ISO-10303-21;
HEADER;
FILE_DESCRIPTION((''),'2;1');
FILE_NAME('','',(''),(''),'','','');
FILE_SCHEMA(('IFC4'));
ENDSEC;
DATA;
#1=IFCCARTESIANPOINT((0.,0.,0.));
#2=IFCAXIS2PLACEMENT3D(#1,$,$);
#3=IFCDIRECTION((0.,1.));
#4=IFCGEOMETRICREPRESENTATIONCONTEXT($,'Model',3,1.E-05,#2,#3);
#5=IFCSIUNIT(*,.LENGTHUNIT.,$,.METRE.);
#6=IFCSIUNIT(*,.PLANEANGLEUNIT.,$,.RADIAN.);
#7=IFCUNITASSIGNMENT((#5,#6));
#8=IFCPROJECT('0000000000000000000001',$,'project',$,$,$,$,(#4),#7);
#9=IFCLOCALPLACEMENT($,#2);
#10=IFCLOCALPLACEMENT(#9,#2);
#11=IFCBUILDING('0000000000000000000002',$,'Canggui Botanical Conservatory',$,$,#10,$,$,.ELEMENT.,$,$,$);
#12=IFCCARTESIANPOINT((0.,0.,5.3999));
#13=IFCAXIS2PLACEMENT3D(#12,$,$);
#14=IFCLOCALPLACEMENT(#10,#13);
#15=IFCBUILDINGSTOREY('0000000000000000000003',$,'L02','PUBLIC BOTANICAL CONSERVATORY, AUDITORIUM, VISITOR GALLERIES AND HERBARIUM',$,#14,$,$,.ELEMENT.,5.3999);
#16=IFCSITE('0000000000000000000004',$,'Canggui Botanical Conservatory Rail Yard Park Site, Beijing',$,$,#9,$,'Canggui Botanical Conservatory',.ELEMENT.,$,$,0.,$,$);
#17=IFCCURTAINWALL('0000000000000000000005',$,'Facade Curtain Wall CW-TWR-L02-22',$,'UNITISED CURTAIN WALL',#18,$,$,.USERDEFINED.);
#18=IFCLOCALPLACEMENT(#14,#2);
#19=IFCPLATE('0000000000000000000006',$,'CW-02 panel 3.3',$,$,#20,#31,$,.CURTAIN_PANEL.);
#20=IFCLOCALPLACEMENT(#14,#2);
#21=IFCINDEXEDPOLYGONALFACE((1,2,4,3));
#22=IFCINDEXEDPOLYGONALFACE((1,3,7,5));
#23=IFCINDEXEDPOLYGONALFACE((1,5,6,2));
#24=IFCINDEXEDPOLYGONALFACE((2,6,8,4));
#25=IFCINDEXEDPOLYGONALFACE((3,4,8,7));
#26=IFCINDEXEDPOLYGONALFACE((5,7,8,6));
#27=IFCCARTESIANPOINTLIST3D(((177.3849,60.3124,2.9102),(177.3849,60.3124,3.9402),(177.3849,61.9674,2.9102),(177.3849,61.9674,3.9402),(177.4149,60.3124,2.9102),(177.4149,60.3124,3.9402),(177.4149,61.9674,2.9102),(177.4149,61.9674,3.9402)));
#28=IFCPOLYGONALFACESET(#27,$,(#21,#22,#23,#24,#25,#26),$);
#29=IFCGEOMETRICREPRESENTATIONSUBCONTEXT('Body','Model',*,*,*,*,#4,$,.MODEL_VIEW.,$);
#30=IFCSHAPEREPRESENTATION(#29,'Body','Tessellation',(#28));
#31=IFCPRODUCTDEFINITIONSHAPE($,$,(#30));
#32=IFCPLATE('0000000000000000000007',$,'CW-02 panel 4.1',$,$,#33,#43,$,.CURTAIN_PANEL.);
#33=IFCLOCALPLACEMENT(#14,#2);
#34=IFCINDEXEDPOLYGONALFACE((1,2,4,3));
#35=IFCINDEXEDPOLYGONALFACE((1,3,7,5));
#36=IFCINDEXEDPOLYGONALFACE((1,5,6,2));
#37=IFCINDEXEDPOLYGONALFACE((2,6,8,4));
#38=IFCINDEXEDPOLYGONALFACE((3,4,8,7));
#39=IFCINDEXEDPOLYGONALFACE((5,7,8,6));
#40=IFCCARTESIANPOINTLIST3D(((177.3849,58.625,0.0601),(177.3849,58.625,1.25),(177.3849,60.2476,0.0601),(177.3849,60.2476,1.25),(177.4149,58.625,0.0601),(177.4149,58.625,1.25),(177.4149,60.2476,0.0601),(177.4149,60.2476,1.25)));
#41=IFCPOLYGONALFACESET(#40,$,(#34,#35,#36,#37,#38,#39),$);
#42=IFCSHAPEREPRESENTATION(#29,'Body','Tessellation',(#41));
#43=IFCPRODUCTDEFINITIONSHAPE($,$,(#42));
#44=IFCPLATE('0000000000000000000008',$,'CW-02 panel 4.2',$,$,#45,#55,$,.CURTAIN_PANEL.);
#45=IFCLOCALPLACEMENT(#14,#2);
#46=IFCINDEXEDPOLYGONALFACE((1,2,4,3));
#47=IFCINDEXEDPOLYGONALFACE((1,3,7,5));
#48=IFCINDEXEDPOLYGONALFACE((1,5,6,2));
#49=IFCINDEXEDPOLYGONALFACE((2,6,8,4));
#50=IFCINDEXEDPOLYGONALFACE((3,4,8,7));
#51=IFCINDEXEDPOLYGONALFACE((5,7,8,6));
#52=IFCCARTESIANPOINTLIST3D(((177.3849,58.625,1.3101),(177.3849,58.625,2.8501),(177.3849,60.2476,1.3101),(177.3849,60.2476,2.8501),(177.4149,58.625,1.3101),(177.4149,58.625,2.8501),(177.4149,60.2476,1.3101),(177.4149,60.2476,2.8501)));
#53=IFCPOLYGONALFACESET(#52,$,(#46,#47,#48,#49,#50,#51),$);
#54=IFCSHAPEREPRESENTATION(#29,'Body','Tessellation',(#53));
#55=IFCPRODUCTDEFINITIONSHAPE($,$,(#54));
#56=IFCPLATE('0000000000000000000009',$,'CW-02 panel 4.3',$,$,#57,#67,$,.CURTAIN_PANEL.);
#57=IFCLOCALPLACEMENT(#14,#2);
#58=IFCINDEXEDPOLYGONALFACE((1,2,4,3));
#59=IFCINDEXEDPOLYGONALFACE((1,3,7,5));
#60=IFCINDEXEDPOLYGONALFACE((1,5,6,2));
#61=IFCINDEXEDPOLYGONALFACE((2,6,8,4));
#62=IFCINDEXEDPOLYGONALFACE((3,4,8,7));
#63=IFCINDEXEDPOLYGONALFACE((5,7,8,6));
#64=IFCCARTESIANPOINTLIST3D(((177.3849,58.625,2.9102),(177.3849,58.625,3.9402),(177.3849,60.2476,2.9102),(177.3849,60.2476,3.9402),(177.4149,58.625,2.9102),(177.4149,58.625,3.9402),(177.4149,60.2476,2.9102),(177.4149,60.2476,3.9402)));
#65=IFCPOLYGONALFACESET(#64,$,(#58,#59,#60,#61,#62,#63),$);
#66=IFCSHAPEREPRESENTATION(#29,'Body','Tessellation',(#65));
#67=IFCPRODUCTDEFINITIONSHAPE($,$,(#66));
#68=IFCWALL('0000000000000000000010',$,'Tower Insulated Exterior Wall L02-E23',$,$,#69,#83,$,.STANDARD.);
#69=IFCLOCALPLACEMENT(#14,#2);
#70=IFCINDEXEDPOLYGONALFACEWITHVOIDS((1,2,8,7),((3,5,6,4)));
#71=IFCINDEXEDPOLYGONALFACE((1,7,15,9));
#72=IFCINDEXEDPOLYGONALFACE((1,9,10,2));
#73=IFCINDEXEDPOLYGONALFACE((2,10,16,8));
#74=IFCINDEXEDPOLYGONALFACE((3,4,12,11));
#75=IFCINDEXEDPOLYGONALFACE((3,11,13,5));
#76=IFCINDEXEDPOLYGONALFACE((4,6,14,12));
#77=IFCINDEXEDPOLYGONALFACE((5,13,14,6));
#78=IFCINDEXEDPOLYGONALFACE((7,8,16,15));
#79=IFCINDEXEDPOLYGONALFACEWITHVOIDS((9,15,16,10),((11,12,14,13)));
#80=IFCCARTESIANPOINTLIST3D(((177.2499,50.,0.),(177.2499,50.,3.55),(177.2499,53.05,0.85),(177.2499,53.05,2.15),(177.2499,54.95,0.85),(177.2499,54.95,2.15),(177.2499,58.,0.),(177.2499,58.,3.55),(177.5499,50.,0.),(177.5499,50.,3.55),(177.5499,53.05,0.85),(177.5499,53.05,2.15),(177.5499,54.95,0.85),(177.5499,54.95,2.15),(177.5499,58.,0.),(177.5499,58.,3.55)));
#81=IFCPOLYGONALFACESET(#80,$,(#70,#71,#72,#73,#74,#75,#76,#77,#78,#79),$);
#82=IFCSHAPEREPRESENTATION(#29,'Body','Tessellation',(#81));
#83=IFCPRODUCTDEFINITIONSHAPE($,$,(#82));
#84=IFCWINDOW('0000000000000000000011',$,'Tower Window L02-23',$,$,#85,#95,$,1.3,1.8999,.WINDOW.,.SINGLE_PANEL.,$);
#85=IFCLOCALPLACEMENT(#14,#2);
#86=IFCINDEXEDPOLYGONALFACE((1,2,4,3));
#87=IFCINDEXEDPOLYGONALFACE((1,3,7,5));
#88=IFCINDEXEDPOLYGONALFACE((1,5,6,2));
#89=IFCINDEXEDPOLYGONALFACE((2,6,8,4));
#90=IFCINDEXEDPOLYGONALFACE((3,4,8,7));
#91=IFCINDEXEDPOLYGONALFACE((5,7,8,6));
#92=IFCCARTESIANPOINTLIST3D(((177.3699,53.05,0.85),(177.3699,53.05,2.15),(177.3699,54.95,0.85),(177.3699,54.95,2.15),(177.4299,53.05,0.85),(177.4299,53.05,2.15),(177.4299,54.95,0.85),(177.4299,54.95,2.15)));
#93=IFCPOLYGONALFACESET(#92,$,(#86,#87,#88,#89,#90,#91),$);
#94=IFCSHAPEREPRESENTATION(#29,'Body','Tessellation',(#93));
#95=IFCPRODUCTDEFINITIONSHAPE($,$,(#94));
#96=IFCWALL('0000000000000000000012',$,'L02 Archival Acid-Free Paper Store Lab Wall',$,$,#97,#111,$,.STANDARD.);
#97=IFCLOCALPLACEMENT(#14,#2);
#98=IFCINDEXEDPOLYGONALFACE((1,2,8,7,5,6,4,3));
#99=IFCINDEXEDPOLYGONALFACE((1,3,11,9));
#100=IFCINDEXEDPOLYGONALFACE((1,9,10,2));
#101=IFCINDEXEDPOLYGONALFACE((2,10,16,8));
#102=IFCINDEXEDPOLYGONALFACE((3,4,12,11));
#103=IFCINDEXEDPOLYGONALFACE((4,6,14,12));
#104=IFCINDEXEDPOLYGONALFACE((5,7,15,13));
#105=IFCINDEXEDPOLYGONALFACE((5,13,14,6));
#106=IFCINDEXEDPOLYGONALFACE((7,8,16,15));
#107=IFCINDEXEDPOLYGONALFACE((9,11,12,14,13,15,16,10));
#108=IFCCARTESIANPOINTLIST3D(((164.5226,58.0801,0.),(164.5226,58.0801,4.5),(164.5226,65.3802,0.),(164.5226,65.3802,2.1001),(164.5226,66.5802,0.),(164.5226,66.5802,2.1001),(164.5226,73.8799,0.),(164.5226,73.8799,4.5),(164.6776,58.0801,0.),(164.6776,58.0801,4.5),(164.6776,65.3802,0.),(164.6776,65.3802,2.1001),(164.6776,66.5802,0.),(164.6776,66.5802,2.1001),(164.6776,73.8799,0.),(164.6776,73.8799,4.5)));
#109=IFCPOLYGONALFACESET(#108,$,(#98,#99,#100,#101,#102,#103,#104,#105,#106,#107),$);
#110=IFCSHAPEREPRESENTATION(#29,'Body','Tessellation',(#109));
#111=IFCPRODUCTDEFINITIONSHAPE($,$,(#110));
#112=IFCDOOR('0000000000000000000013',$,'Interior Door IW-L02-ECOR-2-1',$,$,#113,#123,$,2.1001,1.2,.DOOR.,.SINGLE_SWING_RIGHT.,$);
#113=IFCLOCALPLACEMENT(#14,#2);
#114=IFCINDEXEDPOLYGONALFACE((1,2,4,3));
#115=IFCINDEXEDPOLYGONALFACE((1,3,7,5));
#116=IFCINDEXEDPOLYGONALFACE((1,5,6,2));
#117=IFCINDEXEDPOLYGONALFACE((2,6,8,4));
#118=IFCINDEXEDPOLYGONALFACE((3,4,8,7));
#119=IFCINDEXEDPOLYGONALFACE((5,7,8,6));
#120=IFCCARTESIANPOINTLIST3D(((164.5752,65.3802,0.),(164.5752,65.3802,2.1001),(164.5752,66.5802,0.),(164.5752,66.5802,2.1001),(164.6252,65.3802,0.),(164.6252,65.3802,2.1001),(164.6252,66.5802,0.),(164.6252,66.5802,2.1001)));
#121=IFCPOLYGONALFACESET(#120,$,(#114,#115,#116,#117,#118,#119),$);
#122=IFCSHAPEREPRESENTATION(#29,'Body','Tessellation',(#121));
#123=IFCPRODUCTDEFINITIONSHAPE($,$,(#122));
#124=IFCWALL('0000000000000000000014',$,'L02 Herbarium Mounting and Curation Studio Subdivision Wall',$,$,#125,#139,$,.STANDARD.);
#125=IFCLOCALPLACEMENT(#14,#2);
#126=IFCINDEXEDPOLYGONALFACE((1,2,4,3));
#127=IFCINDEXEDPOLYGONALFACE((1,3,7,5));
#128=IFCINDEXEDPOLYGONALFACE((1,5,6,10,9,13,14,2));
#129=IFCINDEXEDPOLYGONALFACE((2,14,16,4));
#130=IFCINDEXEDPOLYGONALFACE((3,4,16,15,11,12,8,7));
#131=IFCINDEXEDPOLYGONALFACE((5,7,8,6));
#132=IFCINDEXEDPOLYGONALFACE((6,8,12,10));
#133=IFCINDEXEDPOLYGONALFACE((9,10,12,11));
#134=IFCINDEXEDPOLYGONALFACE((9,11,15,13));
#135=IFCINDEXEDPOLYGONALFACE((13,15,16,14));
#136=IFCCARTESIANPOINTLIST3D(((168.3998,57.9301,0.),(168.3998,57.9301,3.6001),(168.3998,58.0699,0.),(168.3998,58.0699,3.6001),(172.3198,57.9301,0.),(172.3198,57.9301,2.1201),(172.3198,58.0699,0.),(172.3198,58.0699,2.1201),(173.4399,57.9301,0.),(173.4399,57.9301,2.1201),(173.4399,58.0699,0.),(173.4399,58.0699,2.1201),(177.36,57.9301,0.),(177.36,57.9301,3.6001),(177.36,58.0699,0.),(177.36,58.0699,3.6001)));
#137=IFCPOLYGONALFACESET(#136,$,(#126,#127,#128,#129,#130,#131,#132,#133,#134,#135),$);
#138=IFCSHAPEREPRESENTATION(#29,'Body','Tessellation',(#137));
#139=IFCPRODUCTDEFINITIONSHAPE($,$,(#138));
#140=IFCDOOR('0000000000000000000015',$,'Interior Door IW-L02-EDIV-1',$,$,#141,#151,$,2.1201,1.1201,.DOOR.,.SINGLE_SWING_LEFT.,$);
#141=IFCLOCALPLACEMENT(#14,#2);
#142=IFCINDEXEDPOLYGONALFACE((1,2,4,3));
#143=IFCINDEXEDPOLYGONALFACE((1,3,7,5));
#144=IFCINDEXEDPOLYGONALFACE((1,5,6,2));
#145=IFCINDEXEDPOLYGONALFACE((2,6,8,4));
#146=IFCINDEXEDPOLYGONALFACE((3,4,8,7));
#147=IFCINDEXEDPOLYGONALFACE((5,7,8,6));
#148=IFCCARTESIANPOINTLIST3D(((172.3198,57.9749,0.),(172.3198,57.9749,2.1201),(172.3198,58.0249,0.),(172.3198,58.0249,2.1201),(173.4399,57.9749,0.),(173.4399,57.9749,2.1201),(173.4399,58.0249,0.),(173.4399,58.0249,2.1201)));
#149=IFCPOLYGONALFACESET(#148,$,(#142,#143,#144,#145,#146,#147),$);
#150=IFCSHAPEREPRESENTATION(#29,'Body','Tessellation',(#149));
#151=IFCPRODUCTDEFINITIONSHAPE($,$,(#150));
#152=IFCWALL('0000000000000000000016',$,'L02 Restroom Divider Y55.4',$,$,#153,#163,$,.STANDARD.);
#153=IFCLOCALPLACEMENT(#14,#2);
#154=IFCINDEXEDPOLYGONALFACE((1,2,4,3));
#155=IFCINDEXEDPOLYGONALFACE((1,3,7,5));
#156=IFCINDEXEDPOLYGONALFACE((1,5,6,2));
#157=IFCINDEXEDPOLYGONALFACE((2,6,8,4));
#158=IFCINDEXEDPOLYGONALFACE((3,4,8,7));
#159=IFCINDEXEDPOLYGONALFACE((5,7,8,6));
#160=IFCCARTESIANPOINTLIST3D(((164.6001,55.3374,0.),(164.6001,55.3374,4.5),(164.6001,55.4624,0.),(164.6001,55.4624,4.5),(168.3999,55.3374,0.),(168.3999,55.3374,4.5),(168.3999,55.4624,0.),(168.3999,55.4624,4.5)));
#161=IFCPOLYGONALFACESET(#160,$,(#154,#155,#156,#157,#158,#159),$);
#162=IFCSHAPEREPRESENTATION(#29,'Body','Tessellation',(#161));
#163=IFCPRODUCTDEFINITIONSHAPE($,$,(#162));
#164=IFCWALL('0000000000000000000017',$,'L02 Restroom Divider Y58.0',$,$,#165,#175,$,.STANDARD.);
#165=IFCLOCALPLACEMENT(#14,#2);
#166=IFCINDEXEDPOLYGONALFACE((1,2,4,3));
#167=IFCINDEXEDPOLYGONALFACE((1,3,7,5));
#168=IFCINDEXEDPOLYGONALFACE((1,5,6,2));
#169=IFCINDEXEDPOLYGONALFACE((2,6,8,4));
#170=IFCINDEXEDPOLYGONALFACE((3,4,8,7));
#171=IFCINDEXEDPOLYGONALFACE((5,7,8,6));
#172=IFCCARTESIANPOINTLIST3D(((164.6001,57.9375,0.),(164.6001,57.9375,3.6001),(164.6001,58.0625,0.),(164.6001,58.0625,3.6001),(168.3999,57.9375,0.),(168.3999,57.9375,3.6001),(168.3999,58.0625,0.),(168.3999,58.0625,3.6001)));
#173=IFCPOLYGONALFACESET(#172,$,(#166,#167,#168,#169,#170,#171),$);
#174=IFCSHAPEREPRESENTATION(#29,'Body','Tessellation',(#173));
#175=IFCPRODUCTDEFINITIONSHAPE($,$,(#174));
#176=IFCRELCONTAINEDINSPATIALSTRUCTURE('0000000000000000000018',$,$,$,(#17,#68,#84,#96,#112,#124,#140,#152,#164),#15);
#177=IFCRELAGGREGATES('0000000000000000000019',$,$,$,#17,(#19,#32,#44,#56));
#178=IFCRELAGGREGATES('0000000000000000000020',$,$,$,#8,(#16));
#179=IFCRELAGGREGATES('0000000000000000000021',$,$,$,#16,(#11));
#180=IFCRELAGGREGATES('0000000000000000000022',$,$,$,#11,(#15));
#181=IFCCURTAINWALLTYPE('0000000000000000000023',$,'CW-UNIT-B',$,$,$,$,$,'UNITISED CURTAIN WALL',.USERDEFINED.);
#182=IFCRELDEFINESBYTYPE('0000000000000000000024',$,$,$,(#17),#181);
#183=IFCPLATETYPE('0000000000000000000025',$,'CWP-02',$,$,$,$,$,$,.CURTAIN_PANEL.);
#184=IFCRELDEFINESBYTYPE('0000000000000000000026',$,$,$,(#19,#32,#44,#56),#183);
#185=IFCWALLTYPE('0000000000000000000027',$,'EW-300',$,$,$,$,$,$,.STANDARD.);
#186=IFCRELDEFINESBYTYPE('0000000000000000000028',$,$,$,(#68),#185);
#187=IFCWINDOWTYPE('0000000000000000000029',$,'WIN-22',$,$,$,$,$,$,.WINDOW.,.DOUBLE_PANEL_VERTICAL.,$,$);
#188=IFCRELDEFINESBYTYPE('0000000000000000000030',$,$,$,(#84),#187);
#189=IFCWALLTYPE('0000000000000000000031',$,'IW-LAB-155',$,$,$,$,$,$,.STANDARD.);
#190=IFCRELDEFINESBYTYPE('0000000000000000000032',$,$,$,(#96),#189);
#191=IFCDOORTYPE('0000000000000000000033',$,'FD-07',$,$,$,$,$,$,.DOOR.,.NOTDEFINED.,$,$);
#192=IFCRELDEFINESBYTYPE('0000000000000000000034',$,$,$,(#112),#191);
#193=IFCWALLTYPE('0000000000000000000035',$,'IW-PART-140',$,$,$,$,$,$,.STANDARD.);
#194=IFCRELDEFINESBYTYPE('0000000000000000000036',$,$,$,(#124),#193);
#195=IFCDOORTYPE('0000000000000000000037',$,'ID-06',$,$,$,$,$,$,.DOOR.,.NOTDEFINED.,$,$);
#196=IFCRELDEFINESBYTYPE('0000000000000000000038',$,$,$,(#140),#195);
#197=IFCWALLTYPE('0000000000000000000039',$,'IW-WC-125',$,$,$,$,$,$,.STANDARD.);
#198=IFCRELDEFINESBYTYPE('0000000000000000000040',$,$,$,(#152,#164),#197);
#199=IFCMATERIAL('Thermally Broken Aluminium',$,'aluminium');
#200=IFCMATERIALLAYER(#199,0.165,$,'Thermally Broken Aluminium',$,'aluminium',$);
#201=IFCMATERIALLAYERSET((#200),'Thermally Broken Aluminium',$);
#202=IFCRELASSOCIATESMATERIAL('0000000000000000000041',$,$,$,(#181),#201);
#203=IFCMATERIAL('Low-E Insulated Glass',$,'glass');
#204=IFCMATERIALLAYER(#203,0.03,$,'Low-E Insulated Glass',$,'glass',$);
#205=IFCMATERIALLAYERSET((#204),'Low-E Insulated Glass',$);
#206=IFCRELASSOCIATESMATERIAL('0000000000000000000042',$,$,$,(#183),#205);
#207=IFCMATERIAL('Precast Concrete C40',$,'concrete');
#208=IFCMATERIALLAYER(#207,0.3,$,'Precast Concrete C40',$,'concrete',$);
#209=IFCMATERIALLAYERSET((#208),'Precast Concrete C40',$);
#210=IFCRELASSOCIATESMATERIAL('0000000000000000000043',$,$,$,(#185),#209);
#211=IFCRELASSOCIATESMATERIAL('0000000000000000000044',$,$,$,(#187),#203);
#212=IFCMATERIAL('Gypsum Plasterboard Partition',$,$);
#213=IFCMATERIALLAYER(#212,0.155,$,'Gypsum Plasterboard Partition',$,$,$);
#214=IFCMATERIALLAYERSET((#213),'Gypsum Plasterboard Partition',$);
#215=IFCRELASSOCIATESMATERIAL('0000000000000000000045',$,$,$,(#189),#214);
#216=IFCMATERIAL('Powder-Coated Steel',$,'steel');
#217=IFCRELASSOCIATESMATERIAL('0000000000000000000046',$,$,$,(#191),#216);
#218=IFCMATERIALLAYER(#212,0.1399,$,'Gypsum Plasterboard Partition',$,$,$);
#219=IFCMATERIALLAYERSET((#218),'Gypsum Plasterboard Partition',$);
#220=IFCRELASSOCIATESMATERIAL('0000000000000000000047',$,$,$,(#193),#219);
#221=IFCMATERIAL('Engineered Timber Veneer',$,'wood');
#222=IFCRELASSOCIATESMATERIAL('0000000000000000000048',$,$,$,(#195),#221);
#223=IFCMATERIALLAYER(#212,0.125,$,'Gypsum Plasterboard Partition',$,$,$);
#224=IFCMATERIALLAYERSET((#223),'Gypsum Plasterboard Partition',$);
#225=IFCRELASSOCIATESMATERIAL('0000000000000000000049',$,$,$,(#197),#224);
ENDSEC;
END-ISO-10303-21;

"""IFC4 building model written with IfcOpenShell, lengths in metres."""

from ifc_helpers import new_model, si_unit, direction, frame, frame_2d, origin, origin_2d, place, context, subcontext, project, spatial, rectangle, extrude, material, layer, layer_set, type_object, element, fill, aggregate, save


model = new_model("IFC4")

# Units and contexts
model_context = context("Model", 3, precision=1e-05, world=origin(), true_north=direction((0.0, 1.0)))
body_context = subcontext(model_context, "Body", "Model", "MODEL_VIEW")
ifc_project = project(units=[si_unit("LENGTHUNIT", "METRE"), si_unit("PLANEANGLEUNIT", "RADIAN")], contexts=[model_context])

# Site, building, storey
site_placement = place(None, origin())
site = spatial("IfcSite", under=ifc_project, at=site_placement, Name="Canggui Botanical Conservatory Rail Yard Park Site, Beijing", LongName="Canggui Botanical Conservatory", CompositionType="ELEMENT", RefElevation=0.0)
building_placement = place(site_placement, origin())
building = spatial("IfcBuilding", under=site, at=building_placement, Name="Canggui Botanical Conservatory", CompositionType="ELEMENT")
storey_placement = place(building_placement, frame((0.0, 0.0, 5.3999)))
storey = spatial("IfcBuildingStorey", under=building, at=storey_placement, Name="L02", Description="PUBLIC BOTANICAL CONSERVATORY, AUDITORIUM, VISITOR GALLERIES AND HERBARIUM", CompositionType="ELEMENT", Elevation=5.3999)

# Curtain wall, plates
ifc_material_1 = material(Name="Thermally Broken Aluminium", Category="aluminium")
ifc_layer_1 = layer(ifc_material_1, 0.165, Name="Thermally Broken Aluminium", Category="aluminium")
ifc_layer_set_1 = layer_set([ifc_layer_1], Name="Thermally Broken Aluminium")
curtain_wall_type = type_object("IfcCurtainWallType", Name="CW-UNIT-B", ElementType="UNITISED CURTAIN WALL", PredefinedType="USERDEFINED", material=ifc_layer_set_1)
curtain_wall_placement = place(storey_placement, origin())
curtain_wall = element("IfcCurtainWall", 1, at=curtain_wall_placement, inside=storey, type_object=curtain_wall_type, Name="Facade Curtain Wall CW-TWR-L02-22", ObjectType="UNITISED CURTAIN WALL", PredefinedType="USERDEFINED")
ifc_material_2 = material(Name="Low-E Insulated Glass", Category="glass")
ifc_layer_2 = layer(ifc_material_2, 0.03, Name="Low-E Insulated Glass", Category="glass")
ifc_layer_set_2 = layer_set([ifc_layer_2], Name="Low-E Insulated Glass")
plate_type = type_object("IfcPlateType", Name="CWP-02", PredefinedType="CURTAIN_PANEL", material=ifc_layer_set_2)
plate_1_placement = place(storey_placement, frame((177.3999, 61.1399, 2.9102), z_axis=(0.0, 0.0, 1.0), x_axis=(0.0, -1.0, 0.0)))
plate_1 = element("IfcPlate", 2, at=plate_1_placement, type_object=plate_type, Name="CW-02 panel 3.3", PredefinedType="CURTAIN_PANEL", context=body_context, shape_type="SweptSolid", body=[
    extrude(rectangle(XDim=1.655, YDim=0.03, at=origin_2d()), origin(), (0.0, 0.0, 1.0), 1.03),
])
plate_2_placement = place(storey_placement, frame((177.3999, 59.4363, 0.0601), z_axis=(0.0, 0.0, 1.0), x_axis=(0.0, -1.0, 0.0)))
plate_2 = element("IfcPlate", 3, at=plate_2_placement, type_object=plate_type, Name="CW-02 panel 4.1", PredefinedType="CURTAIN_PANEL", context=body_context, shape_type="SweptSolid", body=[
    extrude(rectangle(XDim=1.6226, YDim=0.03, at=origin_2d()), origin(), (0.0, 0.0, 1.0), 1.1899),
])
plate_3_placement = place(storey_placement, frame((177.3999, 59.4363, 1.3101), z_axis=(0.0, 0.0, 1.0), x_axis=(0.0, -1.0, 0.0)))
plate_3 = element("IfcPlate", 4, at=plate_3_placement, type_object=plate_type, Name="CW-02 panel 4.2", PredefinedType="CURTAIN_PANEL", context=body_context, shape_type="SweptSolid", body=[
    extrude(rectangle(XDim=1.6226, YDim=0.03, at=origin_2d()), origin(), (0.0, 0.0, 1.0), 1.54),
])
plate_4_placement = place(storey_placement, frame((177.3999, 59.4363, 2.9102), z_axis=(0.0, 0.0, 1.0), x_axis=(0.0, -1.0, 0.0)))
plate_4 = element("IfcPlate", 5, at=plate_4_placement, type_object=plate_type, Name="CW-02 panel 4.3", PredefinedType="CURTAIN_PANEL", context=body_context, shape_type="SweptSolid", body=[
    extrude(rectangle(XDim=1.6226, YDim=0.03, at=origin_2d()), origin(), (0.0, 0.0, 1.0), 1.03),
])
aggregate(curtain_wall, [plate_1, plate_2, plate_3, plate_4])

# Wall, opening, window
ifc_material_3 = material(Name="Precast Concrete C40", Category="concrete")
ifc_layer_3 = layer(ifc_material_3, 0.3, Name="Precast Concrete C40", Category="concrete")
ifc_layer_set_3 = layer_set([ifc_layer_3], Name="Precast Concrete C40")
wall_type_1 = type_object("IfcWallType", Name="EW-300", PredefinedType="STANDARD", material=ifc_layer_set_3)
wall_1_placement = place(storey_placement, frame((177.3999, 58.0, 0.0), z_axis=(0.0, 0.0, 1.0), x_axis=(0.0, -1.0, 0.0)))
wall_1 = element("IfcWall", 6, at=wall_1_placement, inside=storey, type_object=wall_type_1, Name="Tower Insulated Exterior Wall L02-E23", PredefinedType="STANDARD", context=body_context, shape_type="SweptSolid", body=[
    extrude(rectangle(XDim=8.0, YDim=0.3, at=frame_2d((4.0, 0.0))), origin(), (0.0, 0.0, 1.0), 3.55),
])
opening_1_placement = place(wall_1_placement, frame((3.05, 0.0, 0.8501)))
opening_1 = element("IfcOpeningElement", 7, at=opening_1_placement, cuts=wall_1, PredefinedType="OPENING", context=body_context, shape_type="SweptSolid", body=[
    extrude(rectangle(XDim=1.8999, YDim=1.3, at=frame_2d((0.95, 0.6499))), frame((0.0, 0.1602, 0.0), z_axis=(0.0, -1.0, 0.0), x_axis=(1.0, 0.0, 0.0)), (0.0, 0.0, 1.0), 0.3201),
])
window_type = type_object("IfcWindowType", Name="WIN-22", PartitioningType="DOUBLE_PANEL_VERTICAL", PredefinedType="WINDOW", material=ifc_material_2)
window_placement = place(opening_1_placement, origin())
window = element("IfcWindow", 8, at=window_placement, inside=storey, type_object=window_type, Name="Tower Window L02-23", OverallHeight=1.3, OverallWidth=1.8999, PartitioningType="SINGLE_PANEL", PredefinedType="WINDOW", context=body_context, shape_type="SweptSolid", body=[
    extrude(rectangle(XDim=1.8999, YDim=1.3, at=frame_2d((0.95, 0.6499))), frame((0.0, 0.03, 0.0), z_axis=(0.0, -1.0, 0.0), x_axis=(1.0, 0.0, 0.0)), (0.0, 0.0, 1.0), 0.0601),
])
fill(opening_1, window)

# Walls, openings, doors
ifc_material_4 = material(Name="Gypsum Plasterboard Partition")
ifc_layer_4 = layer(ifc_material_4, 0.155, Name="Gypsum Plasterboard Partition")
ifc_layer_set_4 = layer_set([ifc_layer_4], Name="Gypsum Plasterboard Partition")
wall_type_2 = type_object("IfcWallType", Name="IW-LAB-155", PredefinedType="STANDARD", material=ifc_layer_set_4)
wall_2_placement = place(storey_placement, frame((164.6001, 58.0801, 0.0), z_axis=(0.0, 0.0, 1.0), x_axis=(0.0, 1.0, 0.0)))
wall_2 = element("IfcWall", 9, at=wall_2_placement, inside=storey, type_object=wall_type_2, Name="L02 Archival Acid-Free Paper Store Lab Wall", PredefinedType="STANDARD", context=body_context, shape_type="SweptSolid", body=[
    extrude(rectangle(XDim=15.7998, YDim=0.155, at=frame_2d((7.8999, 0.0))), origin(), (0.0, 0.0, 1.0), 4.5),
])
opening_2_placement = place(wall_2_placement, frame((7.3, 0.0, 0.0)))
opening_2 = element("IfcOpeningElement", 10, at=opening_2_placement, cuts=wall_2, PredefinedType="OPENING", context=body_context, shape_type="SweptSolid", body=[
    extrude(rectangle(XDim=1.2, YDim=2.1001, at=frame_2d((0.6001, 1.05))), frame((0.0, 0.0874, 0.0), z_axis=(0.0, -1.0, 0.0), x_axis=(1.0, 0.0, 0.0)), (0.0, 0.0, 1.0), 0.175),
])
ifc_material_5 = material(Name="Powder-Coated Steel", Category="steel")
door_type_1 = type_object("IfcDoorType", Name="FD-07", OperationType="NOTDEFINED", PredefinedType="DOOR", material=ifc_material_5)
door_1_placement = place(opening_2_placement, origin())
door_1 = element("IfcDoor", 11, at=door_1_placement, inside=storey, type_object=door_type_1, Name="Interior Door IW-L02-ECOR-2-1", OperationType="SINGLE_SWING_RIGHT", OverallHeight=2.1001, OverallWidth=1.2, PredefinedType="DOOR", context=body_context, shape_type="SweptSolid", body=[
    extrude(rectangle(XDim=1.2, YDim=2.1001, at=frame_2d((0.6001, 1.05))), frame((0.0, 0.0249, 0.0), z_axis=(0.0, -1.0, 0.0), x_axis=(1.0, 0.0, 0.0)), (0.0, 0.0, 1.0), 0.05),
])
fill(opening_2, door_1)
ifc_layer_5 = layer(ifc_material_4, 0.1399, Name="Gypsum Plasterboard Partition")
ifc_layer_set_5 = layer_set([ifc_layer_5], Name="Gypsum Plasterboard Partition")
wall_type_3 = type_object("IfcWallType", Name="IW-PART-140", PredefinedType="STANDARD", material=ifc_layer_set_5)
wall_3_placement = place(storey_placement, frame((168.3999, 58.0, 0.0), z_axis=(0.0, 0.0, 1.0), x_axis=(1.0, 0.0, 0.0)))
wall_3 = element("IfcWall", 12, at=wall_3_placement, inside=storey, type_object=wall_type_3, Name="L02 Herbarium Mounting and Curation Studio Subdivision Wall", PredefinedType="STANDARD", context=body_context, shape_type="SweptSolid", body=[
    extrude(rectangle(XDim=8.9602, YDim=0.1399, at=frame_2d((4.48, 0.0))), origin(), (0.0, 0.0, 1.0), 3.6001),
])
opening_3_placement = place(wall_3_placement, frame((3.9199, 0.0, 0.0)))
opening_3 = element("IfcOpeningElement", 13, at=opening_3_placement, cuts=wall_3, PredefinedType="OPENING", context=body_context, shape_type="SweptSolid", body=[
    extrude(rectangle(XDim=1.1201, YDim=2.1201, at=frame_2d((0.5601, 1.0601))), frame((0.0, 0.0801, 0.0), z_axis=(0.0, -1.0, 0.0), x_axis=(1.0, 0.0, 0.0)), (0.0, 0.0, 1.0), 0.1599),
])
ifc_material_6 = material(Name="Engineered Timber Veneer", Category="wood")
door_type_2 = type_object("IfcDoorType", Name="ID-06", OperationType="NOTDEFINED", PredefinedType="DOOR", material=ifc_material_6)
door_2_placement = place(opening_3_placement, origin())
door_2 = element("IfcDoor", 14, at=door_2_placement, inside=storey, type_object=door_type_2, Name="Interior Door IW-L02-EDIV-1", OperationType="SINGLE_SWING_LEFT", OverallHeight=2.1201, OverallWidth=1.1201, PredefinedType="DOOR", context=body_context, shape_type="SweptSolid", body=[
    extrude(rectangle(XDim=1.1201, YDim=2.1201, at=frame_2d((0.5601, 1.0601))), frame((0.0, 0.0249, 0.0), z_axis=(0.0, -1.0, 0.0), x_axis=(1.0, 0.0, 0.0)), (0.0, 0.0, 1.0), 0.05),
])
fill(opening_3, door_2)

# Walls
ifc_layer_6 = layer(ifc_material_4, 0.125, Name="Gypsum Plasterboard Partition")
ifc_layer_set_6 = layer_set([ifc_layer_6], Name="Gypsum Plasterboard Partition")
wall_type_4 = type_object("IfcWallType", Name="IW-WC-125", PredefinedType="STANDARD", material=ifc_layer_set_6)
wall_4_placement = place(storey_placement, frame((164.6001, 55.3999, 0.0), z_axis=(0.0, 0.0, 1.0), x_axis=(1.0, 0.0, 0.0)))
element("IfcWall", 15, at=wall_4_placement, inside=storey, type_object=wall_type_4, Name="L02 Restroom Divider Y55.4", PredefinedType="STANDARD", context=body_context, shape_type="SweptSolid", body=[
    extrude(rectangle(XDim=3.7998, YDim=0.125, at=frame_2d((1.8999, 0.0))), origin(), (0.0, 0.0, 1.0), 4.5),
])
wall_5_placement = place(storey_placement, frame((164.6001, 58.0, 0.0), z_axis=(0.0, 0.0, 1.0), x_axis=(1.0, 0.0, 0.0)))
element("IfcWall", 16, at=wall_5_placement, inside=storey, type_object=wall_type_4, Name="L02 Restroom Divider Y58.0", PredefinedType="STANDARD", context=body_context, shape_type="SweptSolid", body=[
    extrude(rectangle(XDim=3.7998, YDim=0.125, at=frame_2d((1.8999, 0.0))), origin(), (0.0, 0.0, 1.0), 3.6001),
])

save(model, "model.ifc")
